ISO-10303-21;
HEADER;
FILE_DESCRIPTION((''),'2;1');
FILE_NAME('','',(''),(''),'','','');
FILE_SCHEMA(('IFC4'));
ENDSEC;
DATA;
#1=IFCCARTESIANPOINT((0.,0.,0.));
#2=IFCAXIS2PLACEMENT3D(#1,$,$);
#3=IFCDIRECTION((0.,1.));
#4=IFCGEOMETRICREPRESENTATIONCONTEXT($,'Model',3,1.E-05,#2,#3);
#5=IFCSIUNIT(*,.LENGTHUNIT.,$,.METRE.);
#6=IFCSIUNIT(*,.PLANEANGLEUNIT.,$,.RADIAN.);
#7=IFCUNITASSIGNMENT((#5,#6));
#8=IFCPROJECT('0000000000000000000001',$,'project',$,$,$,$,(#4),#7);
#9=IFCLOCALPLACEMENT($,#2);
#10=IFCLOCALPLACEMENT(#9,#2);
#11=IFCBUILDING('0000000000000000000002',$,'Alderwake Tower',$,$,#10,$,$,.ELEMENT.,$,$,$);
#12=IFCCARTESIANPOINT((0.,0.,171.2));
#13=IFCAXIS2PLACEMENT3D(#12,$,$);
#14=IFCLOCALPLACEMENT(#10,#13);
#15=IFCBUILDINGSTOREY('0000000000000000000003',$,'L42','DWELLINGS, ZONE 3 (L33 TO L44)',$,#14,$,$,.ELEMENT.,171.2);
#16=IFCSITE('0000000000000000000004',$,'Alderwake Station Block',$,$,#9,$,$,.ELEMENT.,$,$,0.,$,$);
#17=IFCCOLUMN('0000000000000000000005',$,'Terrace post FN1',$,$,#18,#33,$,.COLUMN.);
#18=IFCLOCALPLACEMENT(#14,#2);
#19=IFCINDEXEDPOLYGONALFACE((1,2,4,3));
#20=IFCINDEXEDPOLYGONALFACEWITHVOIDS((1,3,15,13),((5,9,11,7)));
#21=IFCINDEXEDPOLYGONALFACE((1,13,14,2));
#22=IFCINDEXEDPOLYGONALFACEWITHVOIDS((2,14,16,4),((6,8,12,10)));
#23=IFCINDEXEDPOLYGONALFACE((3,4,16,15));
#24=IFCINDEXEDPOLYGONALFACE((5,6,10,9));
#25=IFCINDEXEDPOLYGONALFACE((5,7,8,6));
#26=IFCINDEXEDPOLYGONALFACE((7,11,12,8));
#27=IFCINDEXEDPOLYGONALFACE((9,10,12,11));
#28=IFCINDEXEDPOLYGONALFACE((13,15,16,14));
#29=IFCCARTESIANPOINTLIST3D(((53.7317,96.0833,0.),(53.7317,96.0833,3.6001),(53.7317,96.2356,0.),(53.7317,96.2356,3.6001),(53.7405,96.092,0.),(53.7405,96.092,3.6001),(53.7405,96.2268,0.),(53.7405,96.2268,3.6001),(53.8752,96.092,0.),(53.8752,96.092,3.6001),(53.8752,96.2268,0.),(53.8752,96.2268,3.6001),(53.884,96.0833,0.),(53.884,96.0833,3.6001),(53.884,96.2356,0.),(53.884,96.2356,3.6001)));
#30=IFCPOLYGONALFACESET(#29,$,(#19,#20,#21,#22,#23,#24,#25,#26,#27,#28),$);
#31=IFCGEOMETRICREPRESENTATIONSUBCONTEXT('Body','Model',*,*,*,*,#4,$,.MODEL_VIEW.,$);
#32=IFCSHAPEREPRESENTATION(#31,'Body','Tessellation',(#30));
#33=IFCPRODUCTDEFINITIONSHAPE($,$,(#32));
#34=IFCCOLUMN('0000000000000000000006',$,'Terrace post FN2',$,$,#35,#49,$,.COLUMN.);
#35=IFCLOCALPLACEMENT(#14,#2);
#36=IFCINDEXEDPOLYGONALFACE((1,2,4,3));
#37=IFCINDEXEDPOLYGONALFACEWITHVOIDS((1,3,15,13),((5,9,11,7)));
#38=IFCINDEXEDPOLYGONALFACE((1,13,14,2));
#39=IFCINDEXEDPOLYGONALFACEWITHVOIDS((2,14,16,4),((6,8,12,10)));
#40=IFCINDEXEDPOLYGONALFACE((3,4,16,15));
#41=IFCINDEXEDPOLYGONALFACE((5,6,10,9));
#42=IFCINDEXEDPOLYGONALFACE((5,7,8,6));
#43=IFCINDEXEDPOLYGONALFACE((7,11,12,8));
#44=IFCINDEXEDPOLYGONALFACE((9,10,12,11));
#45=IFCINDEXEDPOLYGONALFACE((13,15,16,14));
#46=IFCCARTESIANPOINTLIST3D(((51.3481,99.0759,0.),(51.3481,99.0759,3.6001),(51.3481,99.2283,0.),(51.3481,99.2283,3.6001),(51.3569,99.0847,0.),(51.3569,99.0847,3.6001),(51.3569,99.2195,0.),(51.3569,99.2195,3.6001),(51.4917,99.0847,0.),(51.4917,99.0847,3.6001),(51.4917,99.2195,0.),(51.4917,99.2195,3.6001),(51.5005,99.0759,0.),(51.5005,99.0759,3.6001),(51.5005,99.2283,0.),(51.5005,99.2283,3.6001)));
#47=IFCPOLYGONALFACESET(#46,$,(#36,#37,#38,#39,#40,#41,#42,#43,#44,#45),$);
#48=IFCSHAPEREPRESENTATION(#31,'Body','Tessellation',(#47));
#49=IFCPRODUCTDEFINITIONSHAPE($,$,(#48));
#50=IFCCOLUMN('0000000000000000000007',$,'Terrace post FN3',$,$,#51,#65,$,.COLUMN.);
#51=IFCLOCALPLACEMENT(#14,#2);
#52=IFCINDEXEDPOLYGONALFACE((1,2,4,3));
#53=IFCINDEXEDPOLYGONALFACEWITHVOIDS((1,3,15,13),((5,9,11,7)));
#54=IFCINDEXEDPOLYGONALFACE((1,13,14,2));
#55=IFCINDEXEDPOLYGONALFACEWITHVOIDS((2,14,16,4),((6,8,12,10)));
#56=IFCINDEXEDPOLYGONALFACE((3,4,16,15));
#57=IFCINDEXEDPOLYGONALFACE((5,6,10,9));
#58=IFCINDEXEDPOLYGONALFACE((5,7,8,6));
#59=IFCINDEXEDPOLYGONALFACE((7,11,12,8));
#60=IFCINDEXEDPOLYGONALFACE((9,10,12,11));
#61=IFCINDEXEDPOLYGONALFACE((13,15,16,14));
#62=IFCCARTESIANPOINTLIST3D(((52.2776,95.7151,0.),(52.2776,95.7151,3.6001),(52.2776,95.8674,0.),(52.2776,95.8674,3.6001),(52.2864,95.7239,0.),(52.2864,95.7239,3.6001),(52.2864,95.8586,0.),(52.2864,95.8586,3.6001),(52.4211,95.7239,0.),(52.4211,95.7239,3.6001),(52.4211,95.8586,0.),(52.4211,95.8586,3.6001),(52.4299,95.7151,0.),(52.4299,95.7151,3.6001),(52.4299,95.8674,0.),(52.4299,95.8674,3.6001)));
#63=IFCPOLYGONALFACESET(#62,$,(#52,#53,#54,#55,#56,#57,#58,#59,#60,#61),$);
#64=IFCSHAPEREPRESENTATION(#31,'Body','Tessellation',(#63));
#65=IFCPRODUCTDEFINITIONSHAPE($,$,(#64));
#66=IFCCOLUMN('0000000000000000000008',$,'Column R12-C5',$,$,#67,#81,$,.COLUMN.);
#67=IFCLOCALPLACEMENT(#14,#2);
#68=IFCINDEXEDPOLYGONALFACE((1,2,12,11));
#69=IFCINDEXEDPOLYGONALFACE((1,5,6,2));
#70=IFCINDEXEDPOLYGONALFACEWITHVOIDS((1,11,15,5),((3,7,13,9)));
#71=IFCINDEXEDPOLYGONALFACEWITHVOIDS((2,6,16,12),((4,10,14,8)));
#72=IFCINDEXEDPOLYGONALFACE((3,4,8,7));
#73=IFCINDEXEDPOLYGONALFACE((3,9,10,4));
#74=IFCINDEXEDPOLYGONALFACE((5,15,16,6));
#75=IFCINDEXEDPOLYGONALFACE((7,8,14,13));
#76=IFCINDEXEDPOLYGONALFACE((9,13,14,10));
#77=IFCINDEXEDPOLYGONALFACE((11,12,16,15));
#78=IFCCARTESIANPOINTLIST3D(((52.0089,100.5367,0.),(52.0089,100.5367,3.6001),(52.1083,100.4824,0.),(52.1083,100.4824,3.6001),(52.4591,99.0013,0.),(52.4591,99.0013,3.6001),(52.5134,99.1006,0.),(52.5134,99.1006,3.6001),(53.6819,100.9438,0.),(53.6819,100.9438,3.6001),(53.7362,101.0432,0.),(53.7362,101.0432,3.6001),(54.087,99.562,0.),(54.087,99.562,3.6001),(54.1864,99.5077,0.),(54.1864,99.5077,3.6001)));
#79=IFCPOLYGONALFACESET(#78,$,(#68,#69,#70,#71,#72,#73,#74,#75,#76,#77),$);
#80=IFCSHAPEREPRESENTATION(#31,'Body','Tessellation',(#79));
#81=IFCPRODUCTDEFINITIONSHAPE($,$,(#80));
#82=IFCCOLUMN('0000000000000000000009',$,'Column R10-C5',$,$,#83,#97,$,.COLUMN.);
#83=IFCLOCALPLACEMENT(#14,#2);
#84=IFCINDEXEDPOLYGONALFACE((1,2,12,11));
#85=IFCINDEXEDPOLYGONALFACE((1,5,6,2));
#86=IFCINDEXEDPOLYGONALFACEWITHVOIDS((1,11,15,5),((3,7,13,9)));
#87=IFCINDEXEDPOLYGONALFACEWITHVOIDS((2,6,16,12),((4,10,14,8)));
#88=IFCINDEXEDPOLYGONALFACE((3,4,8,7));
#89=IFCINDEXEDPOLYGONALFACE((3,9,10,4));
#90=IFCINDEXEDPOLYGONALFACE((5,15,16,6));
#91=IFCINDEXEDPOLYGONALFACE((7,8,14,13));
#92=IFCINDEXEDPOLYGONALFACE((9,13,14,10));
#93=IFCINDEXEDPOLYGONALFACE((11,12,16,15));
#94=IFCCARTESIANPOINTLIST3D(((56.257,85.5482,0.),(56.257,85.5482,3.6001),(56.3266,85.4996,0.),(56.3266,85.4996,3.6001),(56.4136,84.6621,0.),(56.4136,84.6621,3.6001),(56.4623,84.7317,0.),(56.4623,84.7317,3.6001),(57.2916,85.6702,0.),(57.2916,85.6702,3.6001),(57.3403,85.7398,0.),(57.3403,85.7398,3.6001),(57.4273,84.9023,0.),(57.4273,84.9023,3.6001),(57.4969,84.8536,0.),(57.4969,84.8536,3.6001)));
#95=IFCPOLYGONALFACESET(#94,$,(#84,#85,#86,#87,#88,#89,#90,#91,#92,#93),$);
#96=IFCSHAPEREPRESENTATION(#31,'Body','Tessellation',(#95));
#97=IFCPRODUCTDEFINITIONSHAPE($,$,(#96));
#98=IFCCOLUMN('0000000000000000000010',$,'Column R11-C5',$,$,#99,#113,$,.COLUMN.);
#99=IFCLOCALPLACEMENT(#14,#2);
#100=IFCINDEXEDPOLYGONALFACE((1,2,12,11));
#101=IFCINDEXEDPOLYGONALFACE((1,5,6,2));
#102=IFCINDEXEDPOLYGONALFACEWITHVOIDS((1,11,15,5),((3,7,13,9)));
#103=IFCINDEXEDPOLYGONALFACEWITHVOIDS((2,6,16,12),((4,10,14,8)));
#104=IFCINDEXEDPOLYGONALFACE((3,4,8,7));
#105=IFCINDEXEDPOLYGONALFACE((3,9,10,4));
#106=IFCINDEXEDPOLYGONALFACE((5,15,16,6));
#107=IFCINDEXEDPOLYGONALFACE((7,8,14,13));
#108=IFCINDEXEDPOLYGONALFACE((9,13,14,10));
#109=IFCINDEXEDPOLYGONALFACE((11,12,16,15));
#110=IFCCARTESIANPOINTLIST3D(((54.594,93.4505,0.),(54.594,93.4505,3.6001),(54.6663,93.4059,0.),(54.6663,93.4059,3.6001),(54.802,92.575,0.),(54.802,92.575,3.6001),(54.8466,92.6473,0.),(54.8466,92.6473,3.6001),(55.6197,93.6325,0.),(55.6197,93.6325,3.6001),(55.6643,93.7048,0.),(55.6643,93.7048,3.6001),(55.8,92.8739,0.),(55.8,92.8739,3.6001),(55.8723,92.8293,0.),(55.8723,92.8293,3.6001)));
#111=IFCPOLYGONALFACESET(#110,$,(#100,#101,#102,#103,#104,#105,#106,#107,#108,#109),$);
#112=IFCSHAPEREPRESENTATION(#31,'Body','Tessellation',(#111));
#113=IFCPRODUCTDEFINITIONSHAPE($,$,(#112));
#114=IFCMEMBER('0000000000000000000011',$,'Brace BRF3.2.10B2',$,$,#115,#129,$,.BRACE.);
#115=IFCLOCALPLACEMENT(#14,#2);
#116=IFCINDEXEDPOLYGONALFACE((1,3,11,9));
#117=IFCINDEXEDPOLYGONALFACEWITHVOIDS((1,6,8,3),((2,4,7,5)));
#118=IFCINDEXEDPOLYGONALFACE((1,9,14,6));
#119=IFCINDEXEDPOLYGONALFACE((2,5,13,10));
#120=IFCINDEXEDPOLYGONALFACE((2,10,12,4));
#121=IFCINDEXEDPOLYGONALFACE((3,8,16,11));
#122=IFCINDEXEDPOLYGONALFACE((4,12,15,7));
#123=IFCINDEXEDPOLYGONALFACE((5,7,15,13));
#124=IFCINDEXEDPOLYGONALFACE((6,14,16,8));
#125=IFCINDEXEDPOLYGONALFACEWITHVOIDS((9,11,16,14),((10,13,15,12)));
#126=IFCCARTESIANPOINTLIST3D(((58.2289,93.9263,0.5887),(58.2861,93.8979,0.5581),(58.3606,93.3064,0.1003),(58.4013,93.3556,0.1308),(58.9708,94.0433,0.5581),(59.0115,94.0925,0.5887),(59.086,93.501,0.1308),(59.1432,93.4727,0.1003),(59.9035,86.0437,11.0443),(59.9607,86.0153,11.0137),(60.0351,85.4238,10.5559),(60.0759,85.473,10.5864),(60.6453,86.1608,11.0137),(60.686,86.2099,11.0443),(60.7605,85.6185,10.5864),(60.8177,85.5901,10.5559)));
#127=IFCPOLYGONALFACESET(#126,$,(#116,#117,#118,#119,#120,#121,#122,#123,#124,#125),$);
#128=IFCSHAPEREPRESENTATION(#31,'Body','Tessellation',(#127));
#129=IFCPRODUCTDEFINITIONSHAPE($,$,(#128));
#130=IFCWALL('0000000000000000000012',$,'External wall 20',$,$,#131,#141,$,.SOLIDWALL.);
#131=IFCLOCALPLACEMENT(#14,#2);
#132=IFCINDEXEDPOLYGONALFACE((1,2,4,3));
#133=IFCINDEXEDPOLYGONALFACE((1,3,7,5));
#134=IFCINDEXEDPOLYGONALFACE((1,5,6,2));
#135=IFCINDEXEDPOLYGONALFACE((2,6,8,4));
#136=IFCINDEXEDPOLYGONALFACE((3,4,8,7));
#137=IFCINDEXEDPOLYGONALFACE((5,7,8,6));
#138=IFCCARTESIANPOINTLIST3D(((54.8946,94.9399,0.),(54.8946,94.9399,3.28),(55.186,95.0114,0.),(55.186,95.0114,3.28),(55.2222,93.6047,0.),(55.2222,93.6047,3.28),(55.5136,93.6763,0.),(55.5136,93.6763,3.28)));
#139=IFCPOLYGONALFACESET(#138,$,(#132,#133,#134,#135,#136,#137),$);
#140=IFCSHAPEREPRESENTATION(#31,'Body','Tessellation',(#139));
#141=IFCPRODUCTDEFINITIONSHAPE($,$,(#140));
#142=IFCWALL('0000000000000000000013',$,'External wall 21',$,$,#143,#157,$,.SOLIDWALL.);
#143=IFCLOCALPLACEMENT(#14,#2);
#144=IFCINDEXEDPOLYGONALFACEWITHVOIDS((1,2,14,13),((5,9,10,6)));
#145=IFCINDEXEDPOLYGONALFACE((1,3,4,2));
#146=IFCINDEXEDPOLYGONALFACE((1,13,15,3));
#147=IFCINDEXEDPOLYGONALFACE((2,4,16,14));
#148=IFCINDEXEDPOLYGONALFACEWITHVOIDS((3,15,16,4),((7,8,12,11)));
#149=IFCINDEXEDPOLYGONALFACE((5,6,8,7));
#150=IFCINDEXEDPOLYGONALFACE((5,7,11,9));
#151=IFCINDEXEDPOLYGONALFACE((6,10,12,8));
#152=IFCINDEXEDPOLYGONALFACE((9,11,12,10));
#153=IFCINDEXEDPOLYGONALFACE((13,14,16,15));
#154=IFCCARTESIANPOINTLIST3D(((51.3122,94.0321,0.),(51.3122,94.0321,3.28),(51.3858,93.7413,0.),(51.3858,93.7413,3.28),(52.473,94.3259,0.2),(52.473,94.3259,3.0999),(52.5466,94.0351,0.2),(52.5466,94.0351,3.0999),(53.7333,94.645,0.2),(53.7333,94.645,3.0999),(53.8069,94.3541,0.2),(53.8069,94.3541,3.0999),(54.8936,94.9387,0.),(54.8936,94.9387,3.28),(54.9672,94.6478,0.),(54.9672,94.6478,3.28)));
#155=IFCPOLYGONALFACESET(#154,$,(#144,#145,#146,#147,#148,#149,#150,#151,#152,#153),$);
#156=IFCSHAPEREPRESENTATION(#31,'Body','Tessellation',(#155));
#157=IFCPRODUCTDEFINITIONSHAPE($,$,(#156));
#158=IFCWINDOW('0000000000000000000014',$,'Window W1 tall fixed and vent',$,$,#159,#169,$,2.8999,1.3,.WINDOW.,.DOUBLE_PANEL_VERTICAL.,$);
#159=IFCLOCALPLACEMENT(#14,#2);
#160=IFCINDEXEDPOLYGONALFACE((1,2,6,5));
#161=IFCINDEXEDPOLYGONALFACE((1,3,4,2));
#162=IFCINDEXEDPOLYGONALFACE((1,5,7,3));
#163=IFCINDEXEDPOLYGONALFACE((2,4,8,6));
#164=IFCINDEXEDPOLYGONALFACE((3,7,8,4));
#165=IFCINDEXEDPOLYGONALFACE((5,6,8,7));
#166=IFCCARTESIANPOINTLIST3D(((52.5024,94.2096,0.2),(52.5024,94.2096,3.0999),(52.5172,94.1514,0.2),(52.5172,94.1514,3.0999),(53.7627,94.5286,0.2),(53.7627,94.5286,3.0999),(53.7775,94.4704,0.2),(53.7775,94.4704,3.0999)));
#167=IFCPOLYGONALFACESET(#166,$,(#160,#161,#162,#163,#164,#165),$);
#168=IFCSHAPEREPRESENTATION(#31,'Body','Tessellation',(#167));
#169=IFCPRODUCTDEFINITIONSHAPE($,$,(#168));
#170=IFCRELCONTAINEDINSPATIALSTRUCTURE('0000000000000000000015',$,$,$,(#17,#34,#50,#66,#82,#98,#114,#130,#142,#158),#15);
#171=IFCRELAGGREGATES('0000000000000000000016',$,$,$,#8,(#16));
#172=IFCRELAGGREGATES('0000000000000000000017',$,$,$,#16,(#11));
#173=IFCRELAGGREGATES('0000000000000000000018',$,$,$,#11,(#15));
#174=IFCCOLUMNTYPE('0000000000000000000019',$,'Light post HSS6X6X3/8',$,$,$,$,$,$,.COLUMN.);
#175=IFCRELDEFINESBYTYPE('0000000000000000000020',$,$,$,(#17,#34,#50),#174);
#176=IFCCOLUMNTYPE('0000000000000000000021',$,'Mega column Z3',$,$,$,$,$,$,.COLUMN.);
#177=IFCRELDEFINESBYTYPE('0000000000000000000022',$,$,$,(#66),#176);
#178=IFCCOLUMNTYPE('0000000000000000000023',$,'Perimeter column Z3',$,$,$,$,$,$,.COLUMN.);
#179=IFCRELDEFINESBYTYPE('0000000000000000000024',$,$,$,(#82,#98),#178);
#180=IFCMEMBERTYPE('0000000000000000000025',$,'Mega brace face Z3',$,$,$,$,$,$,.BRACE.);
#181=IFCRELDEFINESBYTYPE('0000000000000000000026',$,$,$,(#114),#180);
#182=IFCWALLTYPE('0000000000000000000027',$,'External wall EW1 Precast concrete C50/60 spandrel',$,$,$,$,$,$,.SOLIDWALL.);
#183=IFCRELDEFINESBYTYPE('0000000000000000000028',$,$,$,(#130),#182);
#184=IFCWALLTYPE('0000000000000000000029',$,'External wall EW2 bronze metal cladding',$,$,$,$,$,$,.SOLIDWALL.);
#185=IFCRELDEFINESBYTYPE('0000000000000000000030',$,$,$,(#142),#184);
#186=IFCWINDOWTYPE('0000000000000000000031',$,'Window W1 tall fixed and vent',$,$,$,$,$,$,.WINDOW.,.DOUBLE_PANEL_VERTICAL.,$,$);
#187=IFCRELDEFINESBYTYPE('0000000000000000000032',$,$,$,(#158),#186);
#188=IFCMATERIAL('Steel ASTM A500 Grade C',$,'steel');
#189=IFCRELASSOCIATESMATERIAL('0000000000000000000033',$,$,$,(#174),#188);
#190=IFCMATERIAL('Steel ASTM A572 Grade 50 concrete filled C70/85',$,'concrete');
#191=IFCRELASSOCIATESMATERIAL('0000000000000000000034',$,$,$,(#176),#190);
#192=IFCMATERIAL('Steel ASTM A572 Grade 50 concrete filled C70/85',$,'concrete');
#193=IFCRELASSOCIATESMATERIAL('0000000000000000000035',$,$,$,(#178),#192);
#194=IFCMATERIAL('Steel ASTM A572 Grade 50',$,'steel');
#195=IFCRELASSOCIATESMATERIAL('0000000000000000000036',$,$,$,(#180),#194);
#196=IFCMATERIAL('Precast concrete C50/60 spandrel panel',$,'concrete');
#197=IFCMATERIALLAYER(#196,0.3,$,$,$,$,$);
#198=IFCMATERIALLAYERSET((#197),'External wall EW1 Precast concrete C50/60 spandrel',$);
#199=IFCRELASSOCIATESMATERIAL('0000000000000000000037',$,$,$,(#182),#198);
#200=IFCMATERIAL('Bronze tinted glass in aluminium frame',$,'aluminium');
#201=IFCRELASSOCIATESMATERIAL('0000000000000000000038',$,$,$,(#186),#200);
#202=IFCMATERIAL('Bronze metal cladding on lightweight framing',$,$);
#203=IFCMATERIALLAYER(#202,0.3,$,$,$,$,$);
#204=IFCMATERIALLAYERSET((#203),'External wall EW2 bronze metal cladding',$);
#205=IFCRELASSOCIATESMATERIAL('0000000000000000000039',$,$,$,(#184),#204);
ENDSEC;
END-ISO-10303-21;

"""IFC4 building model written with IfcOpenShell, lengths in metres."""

from ifc_helpers import new_model, si_unit, direction, frame, frame_2d, origin, origin_2d, place, context, subcontext, project, spatial, rectangle, hollow_rectangle, extrude, material, layer, layer_set, material_profile, profile_set, type_object, element, fill, save


model = new_model("IFC4")

# Units and contexts
model_context = context("Model", 3, precision=1e-05, world=origin(), true_north=direction((0.0, 1.0)))
body_context = subcontext(model_context, "Body", "Model", "MODEL_VIEW")
ifc_project = project(units=[si_unit("LENGTHUNIT", "METRE"), si_unit("PLANEANGLEUNIT", "RADIAN")], contexts=[model_context])

# Site, building, storey
site_placement = place(None, origin())
site = spatial("IfcSite", under=ifc_project, at=site_placement, Name="Alderwake Station Block", CompositionType="ELEMENT", RefElevation=0.0)
building_placement = place(site_placement, origin())
building = spatial("IfcBuilding", under=site, at=building_placement, Name="Alderwake Tower", CompositionType="ELEMENT")
storey_placement = place(building_placement, frame((0.0, 0.0, 171.2)))
storey = spatial("IfcBuildingStorey", under=building, at=storey_placement, Name="L42", Description="DWELLINGS, ZONE 3 (L33 TO L44)", CompositionType="ELEMENT", Elevation=171.2)

# Columns
ifc_material_1 = material(Name="Steel ASTM A500 Grade C", Category="steel")
ifc_material_profile_1 = material_profile(ifc_material_1, hollow_rectangle(XDim=0.1523, YDim=0.1523, WallThickness=0.0088, at=origin_2d()), Name="HSS6X6X3/8")
ifc_profile_set_1 = profile_set([ifc_material_profile_1], Name="Steel ASTM A500 Grade C")
column_type_1 = type_object("IfcColumnType", Name="Light post HSS6X6X3/8", PredefinedType="COLUMN", material=ifc_profile_set_1)
for number, where, z_axis, x_axis, name in (
    (1, (53.8079, 96.1594, 0.0), (0.0, 0.0, 1.0), (1.0, 0.0, 0.0), "Terrace post FN1"),
    (2, (51.4243, 99.1521, 0.0), (0.0, 0.0, 1.0), (1.0, 0.0, 0.0), "Terrace post FN2"),
    (3, (52.3538, 95.7913, 0.0), (0.0, 0.0, 1.0), (1.0, 0.0, 0.0), "Terrace post FN3"),
):
    element("IfcColumn", number, at=place(storey_placement, frame(where, z_axis=z_axis, x_axis=x_axis)), inside=storey, type_object=column_type_1, Name=name, PredefinedType="COLUMN", context=body_context, shape_type="SweptSolid", body=[
        extrude(hollow_rectangle(XDim=0.1523, YDim=0.1523, WallThickness=0.0088, at=origin_2d()), origin(), (0.0, 0.0, 1.0), 3.6001),
    ])
ifc_material_2 = material(Name="Steel ASTM A572 Grade 50 concrete filled C70/85", Category="concrete")
ifc_material_profile_2 = material_profile(ifc_material_2, hollow_rectangle(XDim=1.6001, YDim=1.8, WallThickness=0.0801, at=origin_2d()), Name="BOX 1800X1600X80")
ifc_profile_set_2 = profile_set([ifc_material_profile_2], Name="Steel ASTM A572 Grade 50 concrete filled C70/85")
column_type_2 = type_object("IfcColumnType", Name="Mega column Z3", PredefinedType="COLUMN", material=ifc_profile_set_2)
column_placement = place(storey_placement, frame((53.0977, 100.0222, 0.0), z_axis=(0.0, 0.0, 1.0), x_axis=(-0.281342, 0.959608, 0.0)))
element("IfcColumn", 4, at=column_placement, inside=storey, type_object=column_type_2, Name="Column R12-C5", PredefinedType="COLUMN", context=body_context, shape_type="SweptSolid", body=[
    extrude(hollow_rectangle(XDim=1.6001, YDim=1.8, WallThickness=0.0801, at=origin_2d()), origin(), (0.0, 0.0, 1.0), 3.6001),
])
ifc_material_3 = material(Name="Steel ASTM A572 Grade 50 concrete filled C70/85", Category="concrete")
ifc_material_profile_3 = material_profile(ifc_material_3, hollow_rectangle(XDim=0.8999, YDim=1.1001, WallThickness=0.0601, at=origin_2d()), Name="BOX 1100X900X60")
ifc_profile_set_3 = profile_set([ifc_material_profile_3], Name="Steel ASTM A572 Grade 50 concrete filled C70/85")
column_type_3 = type_object("IfcColumnType", Name="Perimeter column Z3", PredefinedType="COLUMN", material=ifc_profile_set_3)
for number, where, z_axis, x_axis, name in (
    (5, (56.877, 85.2009, 0.0), (0.0, 0.0, 1.0), (-0.174107, 0.984727, 0.0), "Column R10-C5"),
    (6, (55.2332, 93.1399, 0.0), (0.0, 0.0, 1.0), (-0.231222, 0.972901, 0.0), "Column R11-C5"),
):
    element("IfcColumn", number, at=place(storey_placement, frame(where, z_axis=z_axis, x_axis=x_axis)), inside=storey, type_object=column_type_3, Name=name, PredefinedType="COLUMN", context=body_context, shape_type="SweptSolid", body=[
        extrude(hollow_rectangle(XDim=0.8999, YDim=1.1001, WallThickness=0.0601, at=origin_2d()), origin(), (0.0, 0.0, 1.0), 3.6001),
    ])

# Member
ifc_material_4 = material(Name="Steel ASTM A572 Grade 50", Category="steel")
ifc_material_profile_4 = material_profile(ifc_material_4, hollow_rectangle(XDim=0.8, YDim=0.8, WallThickness=0.05, at=origin_2d()), Name="BOX 800X800X50")
ifc_profile_set_4 = profile_set([ifc_material_profile_4], Name="Steel ASTM A572 Grade 50")
member_type = type_object("IfcMemberType", Name="Mega brace face Z3", PredefinedType="BRACE", material=ifc_profile_set_4)
member_placement = place(storey_placement, frame((58.686, 93.6995, 0.3445), z_axis=(0.126854, -0.597134, 0.792048), x_axis=(0.978171, 0.207801, 0.0)))
element("IfcMember", 7, at=member_placement, inside=storey, type_object=member_type, Name="Brace BRF3.2.10B2", PredefinedType="BRACE", context=body_context, shape_type="SweptSolid", body=[
    extrude(hollow_rectangle(XDim=0.8, YDim=0.8, WallThickness=0.05, at=origin_2d()), origin(), (0.0, 0.0, 1.0), 13.2007),
])

# Shared definitions
ifc_material_5 = material(Name="Precast concrete C50/60 spandrel panel", Category="concrete")
ifc_layer_1 = layer(ifc_material_5, 0.3)
ifc_layer_set_1 = layer_set([ifc_layer_1], Name="External wall EW1 Precast concrete C50/60 spandrel")
wall_type_1 = type_object("IfcWallType", Name="External wall EW1 Precast concrete C50/60 spandrel", PredefinedType="SOLIDWALL", material=ifc_layer_set_1)
ifc_material_6 = material(Name="Bronze tinted glass in aluminium frame", Category="aluminium")
window_type = type_object("IfcWindowType", Name="Window W1 tall fixed and vent", PartitioningType="DOUBLE_PANEL_VERTICAL", PredefinedType="WINDOW", material=ifc_material_6)

# Wall
wall_1_placement = place(storey_placement, frame((55.3679, 93.6404, 0.0), z_axis=(0.0, 0.0, 1.0), x_axis=(-0.238313, 0.971188, 0.0)))
element("IfcWall", 8, at=wall_1_placement, inside=storey, type_object=wall_type_1, Name="External wall 20", PredefinedType="SOLIDWALL", context=body_context, shape_type="SweptSolid", body=[
    extrude(rectangle(XDim=1.3748, YDim=0.3, at=frame_2d((0.6875, 0.0))), origin(), (0.0, 0.0, 1.0), 3.28),
])

# Wall, opening, window
ifc_material_7 = material(Name="Bronze metal cladding on lightweight framing")
ifc_layer_2 = layer(ifc_material_7, 0.3)
ifc_layer_set_2 = layer_set([ifc_layer_2], Name="External wall EW2 bronze metal cladding")
wall_type_2 = type_object("IfcWallType", Name="External wall EW2 bronze metal cladding", PredefinedType="SOLIDWALL", material=ifc_layer_set_2)
wall_2_placement = place(storey_placement, frame((54.9304, 94.7932, 0.0), z_axis=(0.0, 0.0, 1.0), x_axis=(-0.969427, -0.24538, 0.0)))
wall_2 = element("IfcWall", 9, at=wall_2_placement, inside=storey, type_object=wall_type_2, Name="External wall 21", PredefinedType="SOLIDWALL", context=body_context, shape_type="SweptSolid", body=[
    extrude(rectangle(XDim=3.6943, YDim=0.3, at=frame_2d((1.8472, 0.0))), origin(), (0.0, 0.0, 1.0), 3.28),
])
opening_1_placement = place(wall_2_placement, frame((1.197, 0.0, 0.2)))
opening_1 = element("IfcOpeningElement", 10, at=opening_1_placement, cuts=wall_2, PredefinedType="OPENING", context=body_context, shape_type="SweptSolid", body=[
    extrude(rectangle(XDim=1.3, YDim=2.8999, at=frame_2d((0.6499, 1.45))), frame((0.0, 0.1599, 0.0), z_axis=(0.0, -1.0, 0.0), x_axis=(1.0, 0.0, 0.0)), (0.0, 0.0, 1.0), 0.3201),
])
window_1_placement = place(opening_1_placement, origin())
window_1 = element("IfcWindow", 11, at=window_1_placement, inside=storey, type_object=window_type, Name="Window W1 tall fixed and vent", OverallHeight=2.8999, OverallWidth=1.3, PartitioningType="DOUBLE_PANEL_VERTICAL", PredefinedType="WINDOW", context=body_context, shape_type="SweptSolid", body=[
    extrude(rectangle(XDim=1.3, YDim=2.8999, at=frame_2d((0.6499, 1.45))), frame((0.0, 0.03, 0.0), z_axis=(0.0, -1.0, 0.0), x_axis=(1.0, 0.0, 0.0)), (0.0, 0.0, 1.0), 0.0601),
])
fill(opening_1, window_1)

save(model, "model.ifc")
